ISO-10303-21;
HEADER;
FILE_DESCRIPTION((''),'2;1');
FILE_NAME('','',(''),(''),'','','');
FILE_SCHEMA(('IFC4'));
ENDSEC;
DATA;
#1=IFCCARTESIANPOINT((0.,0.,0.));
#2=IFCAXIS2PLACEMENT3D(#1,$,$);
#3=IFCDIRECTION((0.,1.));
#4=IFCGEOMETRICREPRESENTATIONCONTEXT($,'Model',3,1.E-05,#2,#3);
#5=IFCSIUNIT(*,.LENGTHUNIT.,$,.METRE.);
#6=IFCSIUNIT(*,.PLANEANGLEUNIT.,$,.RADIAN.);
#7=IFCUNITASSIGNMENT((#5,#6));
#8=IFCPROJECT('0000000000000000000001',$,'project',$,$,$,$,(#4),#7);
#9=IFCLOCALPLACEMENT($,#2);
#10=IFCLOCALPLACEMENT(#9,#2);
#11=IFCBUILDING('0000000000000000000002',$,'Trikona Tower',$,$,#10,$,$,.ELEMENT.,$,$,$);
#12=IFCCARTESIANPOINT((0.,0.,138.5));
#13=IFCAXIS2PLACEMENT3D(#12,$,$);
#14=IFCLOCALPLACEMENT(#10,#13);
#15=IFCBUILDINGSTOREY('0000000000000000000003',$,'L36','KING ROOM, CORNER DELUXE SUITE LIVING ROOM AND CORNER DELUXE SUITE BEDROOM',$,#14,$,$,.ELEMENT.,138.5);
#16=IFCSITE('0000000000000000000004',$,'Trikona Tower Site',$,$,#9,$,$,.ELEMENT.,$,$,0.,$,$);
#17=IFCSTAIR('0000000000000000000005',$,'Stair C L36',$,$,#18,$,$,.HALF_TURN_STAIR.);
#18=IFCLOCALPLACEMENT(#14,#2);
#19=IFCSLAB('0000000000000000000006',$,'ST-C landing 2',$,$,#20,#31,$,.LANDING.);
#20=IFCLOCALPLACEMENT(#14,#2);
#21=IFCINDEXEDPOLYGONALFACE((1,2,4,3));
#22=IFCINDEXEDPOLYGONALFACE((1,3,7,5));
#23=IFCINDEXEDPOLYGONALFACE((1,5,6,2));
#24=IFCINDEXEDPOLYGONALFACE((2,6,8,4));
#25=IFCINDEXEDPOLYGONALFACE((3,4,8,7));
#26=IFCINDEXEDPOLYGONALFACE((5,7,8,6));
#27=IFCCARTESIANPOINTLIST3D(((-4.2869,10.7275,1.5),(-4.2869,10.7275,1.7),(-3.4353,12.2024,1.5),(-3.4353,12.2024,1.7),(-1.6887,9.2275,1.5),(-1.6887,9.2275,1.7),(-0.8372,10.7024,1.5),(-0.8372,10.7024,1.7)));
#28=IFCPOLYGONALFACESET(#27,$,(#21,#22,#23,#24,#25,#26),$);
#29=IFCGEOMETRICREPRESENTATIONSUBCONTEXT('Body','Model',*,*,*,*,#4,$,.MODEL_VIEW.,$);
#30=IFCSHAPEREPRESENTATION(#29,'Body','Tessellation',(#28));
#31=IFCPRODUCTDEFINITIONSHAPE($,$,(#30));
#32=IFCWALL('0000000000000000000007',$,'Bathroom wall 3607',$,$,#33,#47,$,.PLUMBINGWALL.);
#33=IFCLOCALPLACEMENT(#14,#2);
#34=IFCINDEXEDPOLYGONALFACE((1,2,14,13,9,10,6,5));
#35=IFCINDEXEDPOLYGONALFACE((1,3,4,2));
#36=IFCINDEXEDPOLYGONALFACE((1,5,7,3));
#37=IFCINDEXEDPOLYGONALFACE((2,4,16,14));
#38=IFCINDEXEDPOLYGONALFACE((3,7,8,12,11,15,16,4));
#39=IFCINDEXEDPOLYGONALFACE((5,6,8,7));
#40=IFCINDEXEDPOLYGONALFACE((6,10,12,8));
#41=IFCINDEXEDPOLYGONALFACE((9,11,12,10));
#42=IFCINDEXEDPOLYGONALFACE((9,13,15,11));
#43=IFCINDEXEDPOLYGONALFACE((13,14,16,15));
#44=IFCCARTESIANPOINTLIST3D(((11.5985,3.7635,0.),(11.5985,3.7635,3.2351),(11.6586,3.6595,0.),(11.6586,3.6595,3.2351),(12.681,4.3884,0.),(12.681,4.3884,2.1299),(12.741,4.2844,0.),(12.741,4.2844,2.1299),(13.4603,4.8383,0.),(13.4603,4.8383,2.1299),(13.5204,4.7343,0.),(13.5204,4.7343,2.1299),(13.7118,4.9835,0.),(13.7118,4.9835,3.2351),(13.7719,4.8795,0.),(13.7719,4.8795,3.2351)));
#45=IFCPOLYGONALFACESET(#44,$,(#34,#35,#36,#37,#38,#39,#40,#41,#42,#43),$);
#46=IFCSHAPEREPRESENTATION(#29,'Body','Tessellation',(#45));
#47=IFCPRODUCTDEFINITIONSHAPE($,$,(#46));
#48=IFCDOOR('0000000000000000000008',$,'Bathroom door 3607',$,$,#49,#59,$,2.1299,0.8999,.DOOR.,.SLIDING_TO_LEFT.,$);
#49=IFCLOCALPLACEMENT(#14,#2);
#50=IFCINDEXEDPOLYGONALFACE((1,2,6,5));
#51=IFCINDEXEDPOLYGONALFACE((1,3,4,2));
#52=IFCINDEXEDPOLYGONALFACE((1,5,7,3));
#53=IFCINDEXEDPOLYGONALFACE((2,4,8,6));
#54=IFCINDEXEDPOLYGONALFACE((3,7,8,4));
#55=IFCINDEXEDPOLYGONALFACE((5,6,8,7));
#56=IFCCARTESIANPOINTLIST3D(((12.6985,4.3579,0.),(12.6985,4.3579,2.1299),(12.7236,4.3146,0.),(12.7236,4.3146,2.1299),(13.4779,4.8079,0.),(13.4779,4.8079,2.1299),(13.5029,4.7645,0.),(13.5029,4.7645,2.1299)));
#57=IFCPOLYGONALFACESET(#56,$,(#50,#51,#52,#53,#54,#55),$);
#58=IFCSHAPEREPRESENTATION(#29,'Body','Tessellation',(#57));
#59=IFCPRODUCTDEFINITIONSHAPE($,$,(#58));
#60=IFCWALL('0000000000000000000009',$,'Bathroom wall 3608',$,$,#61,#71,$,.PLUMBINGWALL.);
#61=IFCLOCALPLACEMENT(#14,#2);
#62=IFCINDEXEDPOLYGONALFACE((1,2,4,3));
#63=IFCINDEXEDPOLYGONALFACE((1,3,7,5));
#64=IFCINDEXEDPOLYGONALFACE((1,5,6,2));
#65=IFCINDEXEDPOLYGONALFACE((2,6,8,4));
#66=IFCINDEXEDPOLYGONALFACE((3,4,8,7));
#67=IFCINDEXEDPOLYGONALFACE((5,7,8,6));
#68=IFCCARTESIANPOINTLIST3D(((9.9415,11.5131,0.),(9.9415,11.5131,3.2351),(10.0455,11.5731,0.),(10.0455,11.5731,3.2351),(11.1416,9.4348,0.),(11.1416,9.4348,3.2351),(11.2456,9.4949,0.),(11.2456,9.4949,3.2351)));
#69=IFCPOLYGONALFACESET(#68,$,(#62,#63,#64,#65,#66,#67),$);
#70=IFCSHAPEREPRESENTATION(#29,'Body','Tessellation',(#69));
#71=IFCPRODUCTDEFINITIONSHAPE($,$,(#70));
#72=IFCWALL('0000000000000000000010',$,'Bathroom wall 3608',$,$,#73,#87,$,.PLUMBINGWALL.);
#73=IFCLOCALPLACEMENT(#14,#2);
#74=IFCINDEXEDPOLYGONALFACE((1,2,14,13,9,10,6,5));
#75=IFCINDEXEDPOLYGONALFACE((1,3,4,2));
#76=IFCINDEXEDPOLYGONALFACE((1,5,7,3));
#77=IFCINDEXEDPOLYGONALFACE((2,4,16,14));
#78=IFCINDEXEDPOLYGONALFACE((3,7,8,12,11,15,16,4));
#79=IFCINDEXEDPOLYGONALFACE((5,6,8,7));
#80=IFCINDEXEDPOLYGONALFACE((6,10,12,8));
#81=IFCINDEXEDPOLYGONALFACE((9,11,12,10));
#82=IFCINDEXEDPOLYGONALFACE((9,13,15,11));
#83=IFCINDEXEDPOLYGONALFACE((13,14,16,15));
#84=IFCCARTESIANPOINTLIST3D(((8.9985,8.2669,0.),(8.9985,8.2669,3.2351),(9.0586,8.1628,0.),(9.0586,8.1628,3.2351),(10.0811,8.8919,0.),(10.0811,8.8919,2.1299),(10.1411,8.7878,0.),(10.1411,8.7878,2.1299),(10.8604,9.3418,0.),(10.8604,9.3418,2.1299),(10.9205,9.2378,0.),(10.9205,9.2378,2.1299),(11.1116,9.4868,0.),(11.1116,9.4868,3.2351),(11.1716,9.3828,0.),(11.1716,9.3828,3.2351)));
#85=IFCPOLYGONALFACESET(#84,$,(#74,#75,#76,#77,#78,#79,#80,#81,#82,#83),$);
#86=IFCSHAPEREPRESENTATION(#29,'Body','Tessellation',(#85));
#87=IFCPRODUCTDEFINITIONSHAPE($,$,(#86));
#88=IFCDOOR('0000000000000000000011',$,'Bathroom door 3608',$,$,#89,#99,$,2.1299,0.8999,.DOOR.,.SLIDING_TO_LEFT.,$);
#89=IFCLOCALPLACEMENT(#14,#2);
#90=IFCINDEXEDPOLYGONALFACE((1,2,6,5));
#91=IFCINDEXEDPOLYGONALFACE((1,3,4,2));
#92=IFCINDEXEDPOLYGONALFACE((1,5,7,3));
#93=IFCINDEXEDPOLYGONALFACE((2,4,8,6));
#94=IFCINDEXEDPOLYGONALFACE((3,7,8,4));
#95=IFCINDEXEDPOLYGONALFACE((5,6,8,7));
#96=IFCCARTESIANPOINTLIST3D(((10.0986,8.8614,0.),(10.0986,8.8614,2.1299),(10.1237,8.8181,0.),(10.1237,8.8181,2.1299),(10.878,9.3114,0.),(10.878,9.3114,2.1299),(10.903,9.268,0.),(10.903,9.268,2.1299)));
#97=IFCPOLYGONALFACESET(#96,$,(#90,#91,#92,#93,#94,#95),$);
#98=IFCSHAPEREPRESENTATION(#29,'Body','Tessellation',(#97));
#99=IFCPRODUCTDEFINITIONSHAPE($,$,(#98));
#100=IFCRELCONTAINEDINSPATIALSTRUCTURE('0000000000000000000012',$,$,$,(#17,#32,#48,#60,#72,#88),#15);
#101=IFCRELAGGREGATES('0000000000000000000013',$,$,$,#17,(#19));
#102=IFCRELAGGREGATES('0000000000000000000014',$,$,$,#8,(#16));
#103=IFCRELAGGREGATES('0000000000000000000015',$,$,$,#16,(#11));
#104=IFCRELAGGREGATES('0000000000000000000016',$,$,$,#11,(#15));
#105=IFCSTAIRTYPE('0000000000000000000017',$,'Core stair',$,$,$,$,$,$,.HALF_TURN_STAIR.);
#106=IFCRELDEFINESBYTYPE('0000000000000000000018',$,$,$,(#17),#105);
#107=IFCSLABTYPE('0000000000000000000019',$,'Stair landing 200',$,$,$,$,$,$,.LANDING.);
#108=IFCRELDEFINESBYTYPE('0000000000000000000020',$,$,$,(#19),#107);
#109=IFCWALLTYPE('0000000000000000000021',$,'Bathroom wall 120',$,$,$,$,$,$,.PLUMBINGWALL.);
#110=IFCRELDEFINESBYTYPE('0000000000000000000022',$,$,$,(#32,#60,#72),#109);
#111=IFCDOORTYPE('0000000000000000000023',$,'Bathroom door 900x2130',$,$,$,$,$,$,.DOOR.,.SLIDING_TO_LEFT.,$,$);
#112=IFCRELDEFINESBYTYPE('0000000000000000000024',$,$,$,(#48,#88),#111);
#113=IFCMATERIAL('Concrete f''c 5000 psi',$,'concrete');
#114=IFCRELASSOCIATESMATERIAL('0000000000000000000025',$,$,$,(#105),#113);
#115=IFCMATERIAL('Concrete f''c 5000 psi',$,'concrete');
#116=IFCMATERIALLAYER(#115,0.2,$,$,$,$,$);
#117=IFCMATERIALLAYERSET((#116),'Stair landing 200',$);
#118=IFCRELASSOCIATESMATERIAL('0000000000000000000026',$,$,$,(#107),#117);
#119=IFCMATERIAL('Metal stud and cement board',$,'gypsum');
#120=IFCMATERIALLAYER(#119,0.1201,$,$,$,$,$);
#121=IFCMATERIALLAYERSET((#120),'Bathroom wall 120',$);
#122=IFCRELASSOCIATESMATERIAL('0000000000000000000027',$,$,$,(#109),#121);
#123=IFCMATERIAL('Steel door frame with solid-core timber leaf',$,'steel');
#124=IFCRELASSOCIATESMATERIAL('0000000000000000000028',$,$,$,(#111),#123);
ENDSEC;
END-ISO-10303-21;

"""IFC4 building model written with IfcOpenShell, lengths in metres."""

from ifc_helpers import new_model, si_unit, direction, frame, frame_2d, origin, place, context, subcontext, project, spatial, polyline, rectangle, outline, extrude, material, layer, layer_set, type_object, element, fill, aggregate, save


model = new_model("IFC4")

# Units and contexts
model_context = context("Model", 3, precision=1e-05, world=origin(), true_north=direction((0.0, 1.0)))
body_context = subcontext(model_context, "Body", "Model", "MODEL_VIEW")
ifc_project = project(units=[si_unit("LENGTHUNIT", "METRE"), si_unit("PLANEANGLEUNIT", "RADIAN")], contexts=[model_context])

# Site, building, storey
site_placement = place(None, origin())
site = spatial("IfcSite", under=ifc_project, at=site_placement, Name="Trikona Tower Site", CompositionType="ELEMENT", RefElevation=0.0)
building_placement = place(site_placement, origin())
building = spatial("IfcBuilding", under=site, at=building_placement, Name="Trikona Tower", CompositionType="ELEMENT")
storey_placement = place(building_placement, frame((0.0, 0.0, 138.5)))
storey = spatial("IfcBuildingStorey", under=building, at=storey_placement, Name="L36", Description="KING ROOM, CORNER DELUXE SUITE LIVING ROOM AND CORNER DELUXE SUITE BEDROOM", CompositionType="ELEMENT", Elevation=138.5)

# Stair, slab
ifc_material_1 = material(Name="Concrete f'c 5000 psi", Category="concrete")
stair_type = type_object("IfcStairType", Name="Core stair", PredefinedType="HALF_TURN_STAIR", material=ifc_material_1)
ifc_material_2 = material(Name="Concrete f'c 5000 psi", Category="concrete")
ifc_layer_1 = layer(ifc_material_2, 0.2)
ifc_layer_set_1 = layer_set([ifc_layer_1], Name="Stair landing 200")
slab_type_1 = type_object("IfcSlabType", Name="Stair landing 200", PredefinedType="LANDING", material=ifc_layer_set_1)
stair_1_placement = place(storey_placement, origin())
stair_1 = element("IfcStair", 1, at=stair_1_placement, inside=storey, type_object=stair_type, Name="Stair C L36", PredefinedType="HALF_TURN_STAIR")
slab_1_placement = place(storey_placement, frame((0.0, 0.0, 1.5)))
slab_1 = element("IfcSlab", 2, at=slab_1_placement, type_object=slab_type_1, Name="ST-C landing 2", PredefinedType="LANDING", context=body_context, shape_type="SweptSolid", body=[
    extrude(outline(polyline([(-0.8372, 10.7024), (-1.6887, 9.2275), (-4.2869, 10.7275), (-3.4353, 12.2024), (-0.8372, 10.7024)])), origin(), (0.0, 0.0, 1.0), 0.2),
])
aggregate(stair_1, [slab_1])

# Wall, opening, door
ifc_material_3 = material(Name="Metal stud and cement board", Category="gypsum")
ifc_layer_2 = layer(ifc_material_3, 0.1201)
ifc_layer_set_2 = layer_set([ifc_layer_2], Name="Bathroom wall 120")
wall_type_1 = type_object("IfcWallType", Name="Bathroom wall 120", PredefinedType="PLUMBINGWALL", material=ifc_layer_set_2)
wall_1_placement = place(storey_placement, frame((11.6284, 3.7114, 0.0), z_axis=(0.0, 0.0, 1.0), x_axis=(0.866049, 0.499959, 0.0)))
wall_1 = element("IfcWall", 3, at=wall_1_placement, inside=storey, type_object=wall_type_1, Name="Bathroom wall 3607", PredefinedType="PLUMBINGWALL", context=body_context, shape_type="SweptSolid", body=[
    extrude(rectangle(XDim=2.4402, YDim=0.1201, at=frame_2d((1.2202, 0.0))), origin(), (0.0, 0.0, 1.0), 3.2351),
])
opening_1_placement = place(wall_1_placement, frame((1.25, 0.0, 0.0)))
opening_1 = element("IfcOpeningElement", 4, at=opening_1_placement, cuts=wall_1, PredefinedType="OPENING", context=body_context, shape_type="SweptSolid", body=[
    extrude(rectangle(XDim=0.8999, YDim=2.1299, at=frame_2d((0.45, 1.0649))), frame((0.0, 0.0701, 0.0), z_axis=(0.0, -1.0, 0.0), x_axis=(1.0, 0.0, 0.0)), (0.0, 0.0, 1.0), 0.1401),
])
ifc_material_4 = material(Name="Steel door frame with solid-core timber leaf", Category="steel")
door_type_1 = type_object("IfcDoorType", Name="Bathroom door 900x2130", OperationType="SLIDING_TO_LEFT", PredefinedType="DOOR", material=ifc_material_4)
door_1_placement = place(opening_1_placement, origin())
door_1 = element("IfcDoor", 5, at=door_1_placement, inside=storey, type_object=door_type_1, Name="Bathroom door 3607", OperationType="SLIDING_TO_LEFT", OverallHeight=2.1299, OverallWidth=0.8999, PredefinedType="DOOR", context=body_context, shape_type="SweptSolid", body=[
    extrude(rectangle(XDim=0.8999, YDim=2.1299, at=frame_2d((0.45, 1.0649))), frame((0.0, 0.0249, 0.0), z_axis=(0.0, -1.0, 0.0), x_axis=(1.0, 0.0, 0.0)), (0.0, 0.0, 1.0), 0.05),
])
fill(opening_1, door_1)

# Wall
wall_2_placement = place(storey_placement, frame((11.1936, 9.4648, 0.0), z_axis=(0.0, 0.0, 1.0), x_axis=(-0.500078, 0.865981, 0.0)))
element("IfcWall", 6, at=wall_2_placement, inside=storey, type_object=wall_type_1, Name="Bathroom wall 3608", PredefinedType="PLUMBINGWALL", context=body_context, shape_type="SweptSolid", body=[
    extrude(rectangle(XDim=2.3999, YDim=0.1201, at=frame_2d((1.2, 0.0))), origin(), (0.0, 0.0, 1.0), 3.2351),
])

# Wall, opening, door
wall_3_placement = place(storey_placement, frame((9.0286, 8.2148, 0.0), z_axis=(0.0, 0.0, 1.0), x_axis=(0.866024, 0.500003, 0.0)))
wall_3 = element("IfcWall", 7, at=wall_3_placement, inside=storey, type_object=wall_type_1, Name="Bathroom wall 3608", PredefinedType="PLUMBINGWALL", context=body_context, shape_type="SweptSolid", body=[
    extrude(rectangle(XDim=2.4399, YDim=0.1201, at=frame_2d((1.22, 0.0))), origin(), (0.0, 0.0, 1.0), 3.2351),
])
opening_2_placement = place(wall_3_placement, frame((1.25, 0.0, 0.0)))
opening_2 = element("IfcOpeningElement", 8, at=opening_2_placement, cuts=wall_3, PredefinedType="OPENING", context=body_context, shape_type="SweptSolid", body=[
    extrude(rectangle(XDim=0.8999, YDim=2.1299, at=frame_2d((0.45, 1.0649))), frame((0.0, 0.0701, 0.0), z_axis=(0.0, -1.0, 0.0), x_axis=(1.0, 0.0, 0.0)), (0.0, 0.0, 1.0), 0.1401),
])
door_2_placement = place(opening_2_placement, origin())
door_2 = element("IfcDoor", 9, at=door_2_placement, inside=storey, type_object=door_type_1, Name="Bathroom door 3608", OperationType="SLIDING_TO_LEFT", OverallHeight=2.1299, OverallWidth=0.8999, PredefinedType="DOOR", context=body_context, shape_type="SweptSolid", body=[
    extrude(rectangle(XDim=0.8999, YDim=2.1299, at=frame_2d((0.45, 1.0649))), frame((0.0, 0.0249, 0.0), z_axis=(0.0, -1.0, 0.0), x_axis=(1.0, 0.0, 0.0)), (0.0, 0.0, 1.0), 0.05),
])
fill(opening_2, door_2)

save(model, "model.ifc")
